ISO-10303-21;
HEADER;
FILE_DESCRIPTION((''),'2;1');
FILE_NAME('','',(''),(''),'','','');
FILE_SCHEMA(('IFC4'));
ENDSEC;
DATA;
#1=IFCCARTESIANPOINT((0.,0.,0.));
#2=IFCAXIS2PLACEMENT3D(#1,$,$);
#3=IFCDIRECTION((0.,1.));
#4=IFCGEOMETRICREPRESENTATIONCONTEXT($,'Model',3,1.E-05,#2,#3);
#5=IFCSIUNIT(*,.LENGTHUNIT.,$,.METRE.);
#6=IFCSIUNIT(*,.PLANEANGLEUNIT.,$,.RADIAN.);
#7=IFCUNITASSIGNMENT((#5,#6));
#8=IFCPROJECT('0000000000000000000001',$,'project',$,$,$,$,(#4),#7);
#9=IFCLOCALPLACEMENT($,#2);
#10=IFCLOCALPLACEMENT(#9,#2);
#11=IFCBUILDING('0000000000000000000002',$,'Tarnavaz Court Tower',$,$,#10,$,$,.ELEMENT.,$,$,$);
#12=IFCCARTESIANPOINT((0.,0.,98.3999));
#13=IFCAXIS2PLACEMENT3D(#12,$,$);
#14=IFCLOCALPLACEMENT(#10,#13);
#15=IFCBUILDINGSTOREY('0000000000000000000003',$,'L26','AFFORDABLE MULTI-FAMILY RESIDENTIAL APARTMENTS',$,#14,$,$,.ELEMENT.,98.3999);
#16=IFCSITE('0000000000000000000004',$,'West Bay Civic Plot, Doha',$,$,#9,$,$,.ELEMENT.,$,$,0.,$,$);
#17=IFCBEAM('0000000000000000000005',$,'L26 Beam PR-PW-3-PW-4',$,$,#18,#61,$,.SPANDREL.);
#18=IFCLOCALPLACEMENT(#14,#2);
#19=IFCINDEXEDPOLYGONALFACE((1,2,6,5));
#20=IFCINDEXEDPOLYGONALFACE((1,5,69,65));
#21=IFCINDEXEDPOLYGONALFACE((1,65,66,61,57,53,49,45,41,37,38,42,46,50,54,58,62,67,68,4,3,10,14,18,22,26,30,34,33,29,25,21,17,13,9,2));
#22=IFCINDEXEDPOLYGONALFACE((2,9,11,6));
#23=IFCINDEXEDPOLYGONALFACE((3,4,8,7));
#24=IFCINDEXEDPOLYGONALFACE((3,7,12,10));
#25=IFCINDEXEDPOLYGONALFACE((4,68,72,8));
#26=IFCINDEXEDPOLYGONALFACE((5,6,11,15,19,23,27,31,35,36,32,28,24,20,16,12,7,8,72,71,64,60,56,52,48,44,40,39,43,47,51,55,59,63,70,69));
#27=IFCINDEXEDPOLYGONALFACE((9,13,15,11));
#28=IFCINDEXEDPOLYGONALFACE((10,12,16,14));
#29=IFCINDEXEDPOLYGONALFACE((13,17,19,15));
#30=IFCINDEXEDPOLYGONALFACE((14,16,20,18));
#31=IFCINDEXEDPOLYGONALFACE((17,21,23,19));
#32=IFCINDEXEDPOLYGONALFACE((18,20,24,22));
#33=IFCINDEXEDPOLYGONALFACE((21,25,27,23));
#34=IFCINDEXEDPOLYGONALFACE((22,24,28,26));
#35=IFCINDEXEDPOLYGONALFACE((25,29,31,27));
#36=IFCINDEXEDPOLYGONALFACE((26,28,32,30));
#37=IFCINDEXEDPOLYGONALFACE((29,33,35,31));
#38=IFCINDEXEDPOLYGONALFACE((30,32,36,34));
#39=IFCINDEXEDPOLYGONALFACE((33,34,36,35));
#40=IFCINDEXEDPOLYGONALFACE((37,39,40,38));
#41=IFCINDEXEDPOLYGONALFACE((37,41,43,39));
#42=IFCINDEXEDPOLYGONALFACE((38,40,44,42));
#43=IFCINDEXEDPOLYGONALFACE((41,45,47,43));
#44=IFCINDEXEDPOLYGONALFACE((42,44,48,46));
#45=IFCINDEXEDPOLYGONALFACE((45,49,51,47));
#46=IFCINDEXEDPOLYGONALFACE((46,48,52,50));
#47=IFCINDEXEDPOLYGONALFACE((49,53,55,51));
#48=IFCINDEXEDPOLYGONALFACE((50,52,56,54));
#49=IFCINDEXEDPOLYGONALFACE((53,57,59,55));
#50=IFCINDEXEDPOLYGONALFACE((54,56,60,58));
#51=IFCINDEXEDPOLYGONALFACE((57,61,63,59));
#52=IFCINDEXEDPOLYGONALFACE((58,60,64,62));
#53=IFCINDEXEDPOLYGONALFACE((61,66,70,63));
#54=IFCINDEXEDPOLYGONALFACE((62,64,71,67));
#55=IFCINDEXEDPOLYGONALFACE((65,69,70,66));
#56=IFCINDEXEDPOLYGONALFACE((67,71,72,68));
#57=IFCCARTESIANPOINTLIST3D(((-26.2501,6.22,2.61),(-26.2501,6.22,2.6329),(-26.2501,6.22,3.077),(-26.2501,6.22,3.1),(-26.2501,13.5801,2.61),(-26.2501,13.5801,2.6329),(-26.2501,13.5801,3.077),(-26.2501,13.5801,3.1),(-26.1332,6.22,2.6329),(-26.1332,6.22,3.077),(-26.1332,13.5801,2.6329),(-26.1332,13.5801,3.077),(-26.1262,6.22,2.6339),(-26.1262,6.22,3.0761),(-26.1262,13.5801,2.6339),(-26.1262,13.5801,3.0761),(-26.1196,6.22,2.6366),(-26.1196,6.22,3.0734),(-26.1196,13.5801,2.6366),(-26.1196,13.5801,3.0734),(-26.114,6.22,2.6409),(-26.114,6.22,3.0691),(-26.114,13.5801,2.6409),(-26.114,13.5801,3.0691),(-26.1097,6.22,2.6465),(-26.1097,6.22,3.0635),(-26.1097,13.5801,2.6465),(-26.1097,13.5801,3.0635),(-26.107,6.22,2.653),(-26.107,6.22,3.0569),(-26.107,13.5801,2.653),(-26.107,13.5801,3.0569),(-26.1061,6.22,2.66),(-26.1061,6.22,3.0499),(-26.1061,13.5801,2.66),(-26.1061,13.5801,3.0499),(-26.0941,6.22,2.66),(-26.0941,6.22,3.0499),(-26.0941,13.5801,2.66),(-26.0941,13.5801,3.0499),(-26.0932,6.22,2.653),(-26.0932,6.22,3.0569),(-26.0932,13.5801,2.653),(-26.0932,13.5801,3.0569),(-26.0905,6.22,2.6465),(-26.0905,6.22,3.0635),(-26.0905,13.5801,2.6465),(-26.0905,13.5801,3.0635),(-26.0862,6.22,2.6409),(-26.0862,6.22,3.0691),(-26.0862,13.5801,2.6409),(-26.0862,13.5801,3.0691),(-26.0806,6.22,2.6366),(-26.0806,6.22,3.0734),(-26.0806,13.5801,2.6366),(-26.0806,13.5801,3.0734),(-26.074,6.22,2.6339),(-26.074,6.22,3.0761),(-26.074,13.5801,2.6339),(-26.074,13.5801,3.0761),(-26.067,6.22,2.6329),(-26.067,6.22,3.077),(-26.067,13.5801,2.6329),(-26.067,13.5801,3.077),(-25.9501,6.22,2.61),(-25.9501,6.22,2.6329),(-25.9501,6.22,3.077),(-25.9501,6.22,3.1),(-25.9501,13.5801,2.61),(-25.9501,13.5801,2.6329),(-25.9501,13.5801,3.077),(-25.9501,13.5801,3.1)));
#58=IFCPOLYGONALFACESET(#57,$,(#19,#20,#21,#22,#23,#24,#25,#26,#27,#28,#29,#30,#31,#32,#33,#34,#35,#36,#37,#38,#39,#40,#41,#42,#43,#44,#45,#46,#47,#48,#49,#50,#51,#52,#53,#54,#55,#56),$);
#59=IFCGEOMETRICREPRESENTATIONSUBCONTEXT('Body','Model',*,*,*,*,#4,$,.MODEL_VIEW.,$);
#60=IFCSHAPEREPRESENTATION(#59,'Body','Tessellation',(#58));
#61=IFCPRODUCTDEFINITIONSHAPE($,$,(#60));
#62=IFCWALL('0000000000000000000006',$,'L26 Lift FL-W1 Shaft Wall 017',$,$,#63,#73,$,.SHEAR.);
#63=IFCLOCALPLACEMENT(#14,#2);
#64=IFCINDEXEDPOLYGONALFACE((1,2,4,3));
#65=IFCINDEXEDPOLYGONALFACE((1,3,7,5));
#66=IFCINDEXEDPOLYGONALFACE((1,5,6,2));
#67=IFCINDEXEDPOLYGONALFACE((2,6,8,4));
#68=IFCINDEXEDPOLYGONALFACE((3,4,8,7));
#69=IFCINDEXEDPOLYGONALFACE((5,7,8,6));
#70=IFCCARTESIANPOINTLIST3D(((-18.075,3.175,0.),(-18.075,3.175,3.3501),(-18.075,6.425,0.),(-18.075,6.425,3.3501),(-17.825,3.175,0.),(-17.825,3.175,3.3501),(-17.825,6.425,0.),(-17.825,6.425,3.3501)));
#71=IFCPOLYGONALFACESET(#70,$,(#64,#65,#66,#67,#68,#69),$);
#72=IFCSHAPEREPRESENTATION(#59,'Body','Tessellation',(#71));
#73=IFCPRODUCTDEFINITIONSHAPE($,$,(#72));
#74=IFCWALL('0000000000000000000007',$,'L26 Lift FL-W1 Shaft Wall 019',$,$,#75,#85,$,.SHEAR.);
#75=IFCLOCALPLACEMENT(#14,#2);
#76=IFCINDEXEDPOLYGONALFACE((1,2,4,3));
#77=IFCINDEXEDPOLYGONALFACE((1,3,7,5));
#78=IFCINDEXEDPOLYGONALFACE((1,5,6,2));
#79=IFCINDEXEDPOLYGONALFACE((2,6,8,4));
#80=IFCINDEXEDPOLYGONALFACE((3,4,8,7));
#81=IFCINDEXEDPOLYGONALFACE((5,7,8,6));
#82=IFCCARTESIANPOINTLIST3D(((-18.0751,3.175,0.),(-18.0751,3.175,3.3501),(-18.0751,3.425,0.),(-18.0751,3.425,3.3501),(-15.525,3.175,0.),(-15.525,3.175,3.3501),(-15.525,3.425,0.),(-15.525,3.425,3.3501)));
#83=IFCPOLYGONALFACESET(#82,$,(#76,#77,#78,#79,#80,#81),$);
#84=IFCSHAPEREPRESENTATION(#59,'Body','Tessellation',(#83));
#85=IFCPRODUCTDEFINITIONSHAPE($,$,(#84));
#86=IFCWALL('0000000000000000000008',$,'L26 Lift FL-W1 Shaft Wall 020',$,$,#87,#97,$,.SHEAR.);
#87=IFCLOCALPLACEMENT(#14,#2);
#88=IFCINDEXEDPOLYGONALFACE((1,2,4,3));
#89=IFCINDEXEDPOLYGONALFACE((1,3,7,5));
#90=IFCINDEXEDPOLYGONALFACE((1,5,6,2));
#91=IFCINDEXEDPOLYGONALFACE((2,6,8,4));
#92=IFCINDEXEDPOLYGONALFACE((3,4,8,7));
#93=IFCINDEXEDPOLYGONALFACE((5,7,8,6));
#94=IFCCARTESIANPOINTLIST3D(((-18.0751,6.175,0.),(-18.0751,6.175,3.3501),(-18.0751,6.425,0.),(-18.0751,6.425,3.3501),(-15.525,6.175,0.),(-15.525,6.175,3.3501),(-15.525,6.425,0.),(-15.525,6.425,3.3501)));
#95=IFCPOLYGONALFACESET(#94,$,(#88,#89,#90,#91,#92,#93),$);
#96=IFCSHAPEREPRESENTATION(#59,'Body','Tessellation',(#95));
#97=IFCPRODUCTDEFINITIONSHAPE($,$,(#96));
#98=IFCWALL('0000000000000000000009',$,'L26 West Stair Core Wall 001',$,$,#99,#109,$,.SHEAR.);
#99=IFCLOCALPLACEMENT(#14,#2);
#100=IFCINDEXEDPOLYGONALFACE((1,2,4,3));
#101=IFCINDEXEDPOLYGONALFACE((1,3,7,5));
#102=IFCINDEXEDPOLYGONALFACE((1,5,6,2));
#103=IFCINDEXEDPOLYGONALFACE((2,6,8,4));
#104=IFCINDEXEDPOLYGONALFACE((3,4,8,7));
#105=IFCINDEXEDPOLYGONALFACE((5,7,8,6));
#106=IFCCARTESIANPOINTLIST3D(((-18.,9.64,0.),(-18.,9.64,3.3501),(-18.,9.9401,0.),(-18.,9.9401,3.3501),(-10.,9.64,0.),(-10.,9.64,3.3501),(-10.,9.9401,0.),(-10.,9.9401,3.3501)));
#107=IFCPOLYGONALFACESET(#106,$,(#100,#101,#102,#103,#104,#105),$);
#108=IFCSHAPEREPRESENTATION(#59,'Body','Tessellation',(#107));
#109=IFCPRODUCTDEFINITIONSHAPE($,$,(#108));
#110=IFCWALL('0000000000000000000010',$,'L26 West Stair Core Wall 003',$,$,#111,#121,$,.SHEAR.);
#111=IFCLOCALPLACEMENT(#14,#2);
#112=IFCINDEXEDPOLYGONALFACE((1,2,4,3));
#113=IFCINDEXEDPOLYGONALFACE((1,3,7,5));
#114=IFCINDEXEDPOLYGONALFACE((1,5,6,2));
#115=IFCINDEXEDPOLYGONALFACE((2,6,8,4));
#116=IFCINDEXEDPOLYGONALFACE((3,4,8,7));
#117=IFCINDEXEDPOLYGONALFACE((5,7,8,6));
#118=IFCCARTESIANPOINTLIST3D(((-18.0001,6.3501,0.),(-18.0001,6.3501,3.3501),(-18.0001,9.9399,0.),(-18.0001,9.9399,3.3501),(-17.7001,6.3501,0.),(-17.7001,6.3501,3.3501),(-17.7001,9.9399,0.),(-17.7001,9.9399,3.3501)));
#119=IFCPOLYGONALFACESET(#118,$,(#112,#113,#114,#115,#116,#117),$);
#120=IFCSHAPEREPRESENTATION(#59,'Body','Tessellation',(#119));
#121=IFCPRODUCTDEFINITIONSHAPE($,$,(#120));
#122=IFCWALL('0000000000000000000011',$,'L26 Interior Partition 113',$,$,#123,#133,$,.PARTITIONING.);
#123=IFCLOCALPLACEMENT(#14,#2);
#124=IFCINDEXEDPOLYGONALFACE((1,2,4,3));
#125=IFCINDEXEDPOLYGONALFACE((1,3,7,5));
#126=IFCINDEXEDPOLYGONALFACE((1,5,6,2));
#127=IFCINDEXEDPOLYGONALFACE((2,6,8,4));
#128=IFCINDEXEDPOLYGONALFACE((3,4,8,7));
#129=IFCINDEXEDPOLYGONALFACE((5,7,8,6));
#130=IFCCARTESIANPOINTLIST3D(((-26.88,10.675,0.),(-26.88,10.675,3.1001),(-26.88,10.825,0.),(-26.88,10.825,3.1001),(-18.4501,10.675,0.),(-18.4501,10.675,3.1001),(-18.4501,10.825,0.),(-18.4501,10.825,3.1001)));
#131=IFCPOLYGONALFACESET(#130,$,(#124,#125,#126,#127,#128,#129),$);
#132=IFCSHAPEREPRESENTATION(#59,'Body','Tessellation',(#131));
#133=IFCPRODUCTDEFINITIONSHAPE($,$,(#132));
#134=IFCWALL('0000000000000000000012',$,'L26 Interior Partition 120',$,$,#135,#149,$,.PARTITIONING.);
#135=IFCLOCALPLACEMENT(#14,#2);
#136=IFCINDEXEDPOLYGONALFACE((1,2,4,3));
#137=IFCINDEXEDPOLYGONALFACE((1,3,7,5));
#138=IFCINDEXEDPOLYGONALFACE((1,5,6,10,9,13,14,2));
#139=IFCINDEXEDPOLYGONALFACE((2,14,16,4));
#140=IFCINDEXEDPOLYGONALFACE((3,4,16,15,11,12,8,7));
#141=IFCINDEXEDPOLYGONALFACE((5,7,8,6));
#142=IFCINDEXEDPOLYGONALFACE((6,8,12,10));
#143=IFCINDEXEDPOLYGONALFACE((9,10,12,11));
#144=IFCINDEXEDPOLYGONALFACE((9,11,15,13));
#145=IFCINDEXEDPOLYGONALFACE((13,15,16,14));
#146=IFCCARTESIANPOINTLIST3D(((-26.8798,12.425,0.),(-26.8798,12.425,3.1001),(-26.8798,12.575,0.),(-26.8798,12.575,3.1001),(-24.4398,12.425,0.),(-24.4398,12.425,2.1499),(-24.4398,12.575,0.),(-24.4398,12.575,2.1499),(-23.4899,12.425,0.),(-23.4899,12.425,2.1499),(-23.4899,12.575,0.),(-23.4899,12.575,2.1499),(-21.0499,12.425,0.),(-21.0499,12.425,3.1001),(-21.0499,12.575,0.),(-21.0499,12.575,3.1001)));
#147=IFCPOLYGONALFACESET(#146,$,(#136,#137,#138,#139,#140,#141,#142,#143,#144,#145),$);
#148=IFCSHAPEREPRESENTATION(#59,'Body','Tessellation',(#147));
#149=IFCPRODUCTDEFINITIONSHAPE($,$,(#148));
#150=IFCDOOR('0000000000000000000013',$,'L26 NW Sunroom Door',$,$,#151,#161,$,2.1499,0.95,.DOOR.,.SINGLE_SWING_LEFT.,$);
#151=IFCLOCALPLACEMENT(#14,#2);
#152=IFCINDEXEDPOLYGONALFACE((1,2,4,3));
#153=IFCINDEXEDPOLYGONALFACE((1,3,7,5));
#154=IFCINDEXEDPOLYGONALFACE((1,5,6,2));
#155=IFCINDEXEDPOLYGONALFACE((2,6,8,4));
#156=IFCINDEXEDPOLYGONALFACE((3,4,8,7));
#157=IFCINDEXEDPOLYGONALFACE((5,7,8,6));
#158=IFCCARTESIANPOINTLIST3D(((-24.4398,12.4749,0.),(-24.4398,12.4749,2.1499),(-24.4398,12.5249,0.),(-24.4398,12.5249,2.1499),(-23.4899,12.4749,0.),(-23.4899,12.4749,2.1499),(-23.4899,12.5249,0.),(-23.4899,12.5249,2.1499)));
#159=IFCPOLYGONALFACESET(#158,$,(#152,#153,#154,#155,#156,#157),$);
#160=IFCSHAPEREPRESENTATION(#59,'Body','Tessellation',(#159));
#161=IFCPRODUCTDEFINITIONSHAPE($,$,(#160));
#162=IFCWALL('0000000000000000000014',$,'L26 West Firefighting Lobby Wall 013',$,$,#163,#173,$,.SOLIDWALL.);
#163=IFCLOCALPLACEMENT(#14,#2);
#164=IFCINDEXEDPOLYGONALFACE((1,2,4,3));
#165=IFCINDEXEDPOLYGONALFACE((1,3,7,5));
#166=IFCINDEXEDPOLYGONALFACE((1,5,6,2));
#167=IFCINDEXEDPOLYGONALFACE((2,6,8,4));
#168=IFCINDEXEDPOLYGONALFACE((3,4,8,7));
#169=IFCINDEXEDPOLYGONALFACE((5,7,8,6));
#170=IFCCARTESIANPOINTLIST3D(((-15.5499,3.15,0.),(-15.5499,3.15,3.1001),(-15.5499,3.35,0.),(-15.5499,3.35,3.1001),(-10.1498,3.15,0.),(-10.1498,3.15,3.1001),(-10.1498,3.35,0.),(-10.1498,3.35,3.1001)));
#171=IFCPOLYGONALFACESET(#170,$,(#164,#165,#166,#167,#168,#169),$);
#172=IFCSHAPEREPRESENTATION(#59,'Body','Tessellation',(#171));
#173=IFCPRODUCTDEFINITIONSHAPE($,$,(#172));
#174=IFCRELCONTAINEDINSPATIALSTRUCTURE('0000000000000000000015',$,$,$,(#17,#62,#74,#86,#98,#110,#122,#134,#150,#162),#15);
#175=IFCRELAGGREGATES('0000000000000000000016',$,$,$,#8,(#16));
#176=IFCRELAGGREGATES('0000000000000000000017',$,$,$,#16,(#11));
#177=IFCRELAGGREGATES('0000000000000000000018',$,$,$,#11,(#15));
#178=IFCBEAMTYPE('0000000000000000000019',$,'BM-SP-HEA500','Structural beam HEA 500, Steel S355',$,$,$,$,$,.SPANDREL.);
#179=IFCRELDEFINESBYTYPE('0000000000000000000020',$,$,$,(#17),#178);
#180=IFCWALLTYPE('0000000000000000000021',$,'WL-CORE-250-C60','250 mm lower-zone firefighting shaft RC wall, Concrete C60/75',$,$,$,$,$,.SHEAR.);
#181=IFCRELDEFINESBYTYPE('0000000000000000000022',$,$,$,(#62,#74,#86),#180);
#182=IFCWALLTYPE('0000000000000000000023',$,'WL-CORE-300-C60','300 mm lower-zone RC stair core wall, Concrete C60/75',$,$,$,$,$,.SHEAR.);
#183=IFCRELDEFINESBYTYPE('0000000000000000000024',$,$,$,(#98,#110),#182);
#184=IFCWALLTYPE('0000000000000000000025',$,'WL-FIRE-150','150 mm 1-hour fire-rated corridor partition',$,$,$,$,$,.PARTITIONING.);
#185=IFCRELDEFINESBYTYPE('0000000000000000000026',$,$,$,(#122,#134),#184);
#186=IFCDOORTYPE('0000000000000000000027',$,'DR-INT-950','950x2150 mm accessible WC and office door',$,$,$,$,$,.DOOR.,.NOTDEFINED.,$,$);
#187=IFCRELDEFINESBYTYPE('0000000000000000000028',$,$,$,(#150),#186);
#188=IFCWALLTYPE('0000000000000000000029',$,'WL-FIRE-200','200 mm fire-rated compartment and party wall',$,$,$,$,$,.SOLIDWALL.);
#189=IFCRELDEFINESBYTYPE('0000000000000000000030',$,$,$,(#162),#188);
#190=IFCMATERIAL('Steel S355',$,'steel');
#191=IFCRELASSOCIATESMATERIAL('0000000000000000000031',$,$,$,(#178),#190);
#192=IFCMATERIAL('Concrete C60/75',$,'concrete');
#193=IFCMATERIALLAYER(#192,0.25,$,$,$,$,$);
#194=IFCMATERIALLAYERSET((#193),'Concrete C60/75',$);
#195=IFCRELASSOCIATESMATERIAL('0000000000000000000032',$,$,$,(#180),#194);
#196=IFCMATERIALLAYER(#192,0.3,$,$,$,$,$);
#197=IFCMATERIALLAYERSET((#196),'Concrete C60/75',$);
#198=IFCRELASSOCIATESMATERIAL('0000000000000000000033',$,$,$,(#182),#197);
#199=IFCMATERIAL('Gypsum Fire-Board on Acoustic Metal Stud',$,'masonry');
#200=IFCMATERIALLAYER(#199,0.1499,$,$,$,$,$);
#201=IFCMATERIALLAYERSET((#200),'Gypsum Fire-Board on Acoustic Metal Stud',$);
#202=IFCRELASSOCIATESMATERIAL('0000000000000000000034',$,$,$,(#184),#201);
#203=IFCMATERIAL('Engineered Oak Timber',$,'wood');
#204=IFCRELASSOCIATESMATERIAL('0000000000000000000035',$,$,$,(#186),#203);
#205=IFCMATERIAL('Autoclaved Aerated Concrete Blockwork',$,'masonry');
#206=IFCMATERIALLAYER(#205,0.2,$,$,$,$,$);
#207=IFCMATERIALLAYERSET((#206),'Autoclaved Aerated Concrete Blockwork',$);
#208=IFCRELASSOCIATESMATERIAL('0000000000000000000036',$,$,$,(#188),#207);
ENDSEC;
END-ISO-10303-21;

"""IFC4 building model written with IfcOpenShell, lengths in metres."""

from ifc_helpers import new_model, si_unit, direction, frame, frame_2d, origin, origin_2d, place, context, subcontext, project, spatial, rectangle, i_section, extrude, material, layer, layer_set, material_profile, profile_set, type_object, element, fill, save


model = new_model("IFC4")

# Units and contexts
model_context = context("Model", 3, precision=1e-05, world=origin(), true_north=direction((0.0, 1.0)))
body_context = subcontext(model_context, "Body", "Model", "MODEL_VIEW")
ifc_project = project(units=[si_unit("LENGTHUNIT", "METRE"), si_unit("PLANEANGLEUNIT", "RADIAN")], contexts=[model_context])

# Site, building, storey
site_placement = place(None, origin())
site = spatial("IfcSite", under=ifc_project, at=site_placement, Name="West Bay Civic Plot, Doha", CompositionType="ELEMENT", RefElevation=0.0)
building_placement = place(site_placement, origin())
building = spatial("IfcBuilding", under=site, at=building_placement, Name="Tarnavaz Court Tower", CompositionType="ELEMENT")
storey_placement = place(building_placement, frame((0.0, 0.0, 98.3999)))
storey = spatial("IfcBuildingStorey", under=building, at=storey_placement, Name="L26", Description="AFFORDABLE MULTI-FAMILY RESIDENTIAL APARTMENTS", CompositionType="ELEMENT", Elevation=98.3999)

# Shared definitions
ifc_material_1 = material(Name="Concrete C60/75", Category="concrete")

# Beam
ifc_material_2 = material(Name="Steel S355", Category="steel")
ifc_material_profile_1 = material_profile(ifc_material_2, i_section(OverallWidth=0.3, OverallDepth=0.49, WebThickness=0.012, FlangeThickness=0.0229, FilletRadius=0.0271, at=origin_2d()), Name="HEA 500")
ifc_profile_set_1 = profile_set([ifc_material_profile_1], Name="Steel S355")
beam_type_1 = type_object("IfcBeamType", Name="BM-SP-HEA500", Description="Structural beam HEA 500, Steel S355", PredefinedType="SPANDREL", material=ifc_profile_set_1)
beam_1_placement = place(storey_placement, frame((-26.1001, 6.22, 2.855), z_axis=(0.0, 1.0, 0.0), x_axis=(-1.0, 0.0, 0.0)))
element("IfcBeam", 1, at=beam_1_placement, inside=storey, type_object=beam_type_1, Name="L26 Beam PR-PW-3-PW-4", PredefinedType="SPANDREL", context=body_context, shape_type="SweptSolid", body=[
    extrude(i_section(OverallWidth=0.3, OverallDepth=0.49, WebThickness=0.012, FlangeThickness=0.0229, FilletRadius=0.0271, at=origin_2d()), origin(), (0.0, 0.0, 1.0), 7.3601),
])

# Wall
ifc_layer_1 = layer(ifc_material_1, 0.25)
ifc_layer_set_1 = layer_set([ifc_layer_1], Name="Concrete C60/75")
wall_type_1 = type_object("IfcWallType", Name="WL-CORE-250-C60", Description="250 mm lower-zone firefighting shaft RC wall, Concrete C60/75", PredefinedType="SHEAR", material=ifc_layer_set_1)
wall_1_placement = place(storey_placement, frame((-17.95, 3.175, 0.0), z_axis=(0.0, 0.0, 1.0), x_axis=(0.0, 1.0, 0.0)))
element("IfcWall", 2, at=wall_1_placement, inside=storey, type_object=wall_type_1, Name="L26 Lift FL-W1 Shaft Wall 017", PredefinedType="SHEAR", context=body_context, shape_type="SweptSolid", body=[
    extrude(rectangle(XDim=3.25, YDim=0.25, at=frame_2d((1.625, 0.0))), origin(), (0.0, 0.0, 1.0), 3.3501),
])

# Walls
for number, where, z_axis, x_axis, name in (
    (3, (-18.075, 3.3, 0.0), (0.0, 0.0, 1.0), (1.0, 0.0, 0.0), "L26 Lift FL-W1 Shaft Wall 019"),
    (4, (-18.075, 6.3, 0.0), (0.0, 0.0, 1.0), (1.0, 0.0, 0.0), "L26 Lift FL-W1 Shaft Wall 020"),
):
    element("IfcWall", number, at=place(storey_placement, frame(where, z_axis=z_axis, x_axis=x_axis)), inside=storey, type_object=wall_type_1, Name=name, PredefinedType="SHEAR", context=body_context, shape_type="SweptSolid", body=[
        extrude(rectangle(XDim=2.55, YDim=0.25, at=frame_2d((1.2749, 0.0))), origin(), (0.0, 0.0, 1.0), 3.3501),
    ])
ifc_layer_2 = layer(ifc_material_1, 0.3)
ifc_layer_set_2 = layer_set([ifc_layer_2], Name="Concrete C60/75")
wall_type_2 = type_object("IfcWallType", Name="WL-CORE-300-C60", Description="300 mm lower-zone RC stair core wall, Concrete C60/75", PredefinedType="SHEAR", material=ifc_layer_set_2)
wall_2_placement = place(storey_placement, frame((-18.0, 9.79, 0.0), z_axis=(0.0, 0.0, 1.0), x_axis=(1.0, 0.0, 0.0)))
element("IfcWall", 5, at=wall_2_placement, inside=storey, type_object=wall_type_2, Name="L26 West Stair Core Wall 001", PredefinedType="SHEAR", context=body_context, shape_type="SweptSolid", body=[
    extrude(rectangle(XDim=8.0, YDim=0.3, at=frame_2d((4.0, 0.0))), origin(), (0.0, 0.0, 1.0), 3.3501),
])

# Walls
wall_3_placement = place(storey_placement, frame((-17.8501, 6.3501, 0.0), z_axis=(0.0, 0.0, 1.0), x_axis=(0.0, 1.0, 0.0)))
element("IfcWall", 6, at=wall_3_placement, inside=storey, type_object=wall_type_2, Name="L26 West Stair Core Wall 003", PredefinedType="SHEAR", context=body_context, shape_type="SweptSolid", body=[
    extrude(rectangle(XDim=3.5898, YDim=0.3, at=frame_2d((1.7949, 0.0))), origin(), (0.0, 0.0, 1.0), 3.3501),
])
ifc_material_3 = material(Name="Gypsum Fire-Board on Acoustic Metal Stud", Category="masonry")
ifc_layer_3 = layer(ifc_material_3, 0.1499)
ifc_layer_set_3 = layer_set([ifc_layer_3], Name="Gypsum Fire-Board on Acoustic Metal Stud")
wall_type_3 = type_object("IfcWallType", Name="WL-FIRE-150", Description="150 mm 1-hour fire-rated corridor partition", PredefinedType="PARTITIONING", material=ifc_layer_set_3)
wall_4_placement = place(storey_placement, frame((-26.8799, 10.75, 0.0), z_axis=(0.0, 0.0, 1.0), x_axis=(1.0, 0.0, 0.0)))
element("IfcWall", 7, at=wall_4_placement, inside=storey, type_object=wall_type_3, Name="L26 Interior Partition 113", PredefinedType="PARTITIONING", context=body_context, shape_type="SweptSolid", body=[
    extrude(rectangle(XDim=8.4299, YDim=0.1499, at=frame_2d((4.2148, 0.0))), origin(), (0.0, 0.0, 1.0), 3.1001),
])

# Wall, opening, door
wall_5_placement = place(storey_placement, frame((-26.8799, 12.5, 0.0), z_axis=(0.0, 0.0, 1.0), x_axis=(1.0, 0.0, 0.0)))
wall_5 = element("IfcWall", 8, at=wall_5_placement, inside=storey, type_object=wall_type_3, Name="L26 Interior Partition 120", PredefinedType="PARTITIONING", context=body_context, shape_type="SweptSolid", body=[
    extrude(rectangle(XDim=5.8298, YDim=0.1499, at=frame_2d((2.915, 0.0))), origin(), (0.0, 0.0, 1.0), 3.1001),
])
opening_1_placement = place(wall_5_placement, frame((2.4399, 0.0, 0.0)))
opening_1 = element("IfcOpeningElement", 9, at=opening_1_placement, cuts=wall_5, PredefinedType="OPENING", context=body_context, shape_type="SweptSolid", body=[
    extrude(rectangle(XDim=0.95, YDim=2.1499, at=frame_2d((0.4751, 1.075))), frame((0.0, 0.085, 0.0), z_axis=(0.0, -1.0, 0.0), x_axis=(1.0, 0.0, 0.0)), (0.0, 0.0, 1.0), 0.1699),
])
ifc_material_4 = material(Name="Engineered Oak Timber", Category="wood")
door_type_1 = type_object("IfcDoorType", Name="DR-INT-950", Description="950x2150 mm accessible WC and office door", OperationType="NOTDEFINED", PredefinedType="DOOR", material=ifc_material_4)
door_1_placement = place(opening_1_placement, origin())
door_1 = element("IfcDoor", 10, at=door_1_placement, inside=storey, type_object=door_type_1, Name="L26 NW Sunroom Door", OperationType="SINGLE_SWING_LEFT", OverallHeight=2.1499, OverallWidth=0.95, PredefinedType="DOOR", context=body_context, shape_type="SweptSolid", body=[
    extrude(rectangle(XDim=0.95, YDim=2.1499, at=frame_2d((0.4751, 1.075))), frame((0.0, 0.0249, 0.0), z_axis=(0.0, -1.0, 0.0), x_axis=(1.0, 0.0, 0.0)), (0.0, 0.0, 1.0), 0.05),
])
fill(opening_1, door_1)

# Wall
ifc_material_5 = material(Name="Autoclaved Aerated Concrete Blockwork", Category="masonry")
ifc_layer_4 = layer(ifc_material_5, 0.2)
ifc_layer_set_4 = layer_set([ifc_layer_4], Name="Autoclaved Aerated Concrete Blockwork")
wall_type_4 = type_object("IfcWallType", Name="WL-FIRE-200", Description="200 mm fire-rated compartment and party wall", PredefinedType="SOLIDWALL", material=ifc_layer_set_4)
wall_6_placement = place(storey_placement, frame((-15.55, 3.25, 0.0), z_axis=(0.0, 0.0, 1.0), x_axis=(1.0, 0.0, 0.0)))
element("IfcWall", 11, at=wall_6_placement, inside=storey, type_object=wall_type_4, Name="L26 West Firefighting Lobby Wall 013", PredefinedType="SOLIDWALL", context=body_context, shape_type="SweptSolid", body=[
    extrude(rectangle(XDim=5.4001, YDim=0.2, at=frame_2d((2.7002, 0.0))), origin(), (0.0, 0.0, 1.0), 3.1001),
])

save(model, "model.ifc")
